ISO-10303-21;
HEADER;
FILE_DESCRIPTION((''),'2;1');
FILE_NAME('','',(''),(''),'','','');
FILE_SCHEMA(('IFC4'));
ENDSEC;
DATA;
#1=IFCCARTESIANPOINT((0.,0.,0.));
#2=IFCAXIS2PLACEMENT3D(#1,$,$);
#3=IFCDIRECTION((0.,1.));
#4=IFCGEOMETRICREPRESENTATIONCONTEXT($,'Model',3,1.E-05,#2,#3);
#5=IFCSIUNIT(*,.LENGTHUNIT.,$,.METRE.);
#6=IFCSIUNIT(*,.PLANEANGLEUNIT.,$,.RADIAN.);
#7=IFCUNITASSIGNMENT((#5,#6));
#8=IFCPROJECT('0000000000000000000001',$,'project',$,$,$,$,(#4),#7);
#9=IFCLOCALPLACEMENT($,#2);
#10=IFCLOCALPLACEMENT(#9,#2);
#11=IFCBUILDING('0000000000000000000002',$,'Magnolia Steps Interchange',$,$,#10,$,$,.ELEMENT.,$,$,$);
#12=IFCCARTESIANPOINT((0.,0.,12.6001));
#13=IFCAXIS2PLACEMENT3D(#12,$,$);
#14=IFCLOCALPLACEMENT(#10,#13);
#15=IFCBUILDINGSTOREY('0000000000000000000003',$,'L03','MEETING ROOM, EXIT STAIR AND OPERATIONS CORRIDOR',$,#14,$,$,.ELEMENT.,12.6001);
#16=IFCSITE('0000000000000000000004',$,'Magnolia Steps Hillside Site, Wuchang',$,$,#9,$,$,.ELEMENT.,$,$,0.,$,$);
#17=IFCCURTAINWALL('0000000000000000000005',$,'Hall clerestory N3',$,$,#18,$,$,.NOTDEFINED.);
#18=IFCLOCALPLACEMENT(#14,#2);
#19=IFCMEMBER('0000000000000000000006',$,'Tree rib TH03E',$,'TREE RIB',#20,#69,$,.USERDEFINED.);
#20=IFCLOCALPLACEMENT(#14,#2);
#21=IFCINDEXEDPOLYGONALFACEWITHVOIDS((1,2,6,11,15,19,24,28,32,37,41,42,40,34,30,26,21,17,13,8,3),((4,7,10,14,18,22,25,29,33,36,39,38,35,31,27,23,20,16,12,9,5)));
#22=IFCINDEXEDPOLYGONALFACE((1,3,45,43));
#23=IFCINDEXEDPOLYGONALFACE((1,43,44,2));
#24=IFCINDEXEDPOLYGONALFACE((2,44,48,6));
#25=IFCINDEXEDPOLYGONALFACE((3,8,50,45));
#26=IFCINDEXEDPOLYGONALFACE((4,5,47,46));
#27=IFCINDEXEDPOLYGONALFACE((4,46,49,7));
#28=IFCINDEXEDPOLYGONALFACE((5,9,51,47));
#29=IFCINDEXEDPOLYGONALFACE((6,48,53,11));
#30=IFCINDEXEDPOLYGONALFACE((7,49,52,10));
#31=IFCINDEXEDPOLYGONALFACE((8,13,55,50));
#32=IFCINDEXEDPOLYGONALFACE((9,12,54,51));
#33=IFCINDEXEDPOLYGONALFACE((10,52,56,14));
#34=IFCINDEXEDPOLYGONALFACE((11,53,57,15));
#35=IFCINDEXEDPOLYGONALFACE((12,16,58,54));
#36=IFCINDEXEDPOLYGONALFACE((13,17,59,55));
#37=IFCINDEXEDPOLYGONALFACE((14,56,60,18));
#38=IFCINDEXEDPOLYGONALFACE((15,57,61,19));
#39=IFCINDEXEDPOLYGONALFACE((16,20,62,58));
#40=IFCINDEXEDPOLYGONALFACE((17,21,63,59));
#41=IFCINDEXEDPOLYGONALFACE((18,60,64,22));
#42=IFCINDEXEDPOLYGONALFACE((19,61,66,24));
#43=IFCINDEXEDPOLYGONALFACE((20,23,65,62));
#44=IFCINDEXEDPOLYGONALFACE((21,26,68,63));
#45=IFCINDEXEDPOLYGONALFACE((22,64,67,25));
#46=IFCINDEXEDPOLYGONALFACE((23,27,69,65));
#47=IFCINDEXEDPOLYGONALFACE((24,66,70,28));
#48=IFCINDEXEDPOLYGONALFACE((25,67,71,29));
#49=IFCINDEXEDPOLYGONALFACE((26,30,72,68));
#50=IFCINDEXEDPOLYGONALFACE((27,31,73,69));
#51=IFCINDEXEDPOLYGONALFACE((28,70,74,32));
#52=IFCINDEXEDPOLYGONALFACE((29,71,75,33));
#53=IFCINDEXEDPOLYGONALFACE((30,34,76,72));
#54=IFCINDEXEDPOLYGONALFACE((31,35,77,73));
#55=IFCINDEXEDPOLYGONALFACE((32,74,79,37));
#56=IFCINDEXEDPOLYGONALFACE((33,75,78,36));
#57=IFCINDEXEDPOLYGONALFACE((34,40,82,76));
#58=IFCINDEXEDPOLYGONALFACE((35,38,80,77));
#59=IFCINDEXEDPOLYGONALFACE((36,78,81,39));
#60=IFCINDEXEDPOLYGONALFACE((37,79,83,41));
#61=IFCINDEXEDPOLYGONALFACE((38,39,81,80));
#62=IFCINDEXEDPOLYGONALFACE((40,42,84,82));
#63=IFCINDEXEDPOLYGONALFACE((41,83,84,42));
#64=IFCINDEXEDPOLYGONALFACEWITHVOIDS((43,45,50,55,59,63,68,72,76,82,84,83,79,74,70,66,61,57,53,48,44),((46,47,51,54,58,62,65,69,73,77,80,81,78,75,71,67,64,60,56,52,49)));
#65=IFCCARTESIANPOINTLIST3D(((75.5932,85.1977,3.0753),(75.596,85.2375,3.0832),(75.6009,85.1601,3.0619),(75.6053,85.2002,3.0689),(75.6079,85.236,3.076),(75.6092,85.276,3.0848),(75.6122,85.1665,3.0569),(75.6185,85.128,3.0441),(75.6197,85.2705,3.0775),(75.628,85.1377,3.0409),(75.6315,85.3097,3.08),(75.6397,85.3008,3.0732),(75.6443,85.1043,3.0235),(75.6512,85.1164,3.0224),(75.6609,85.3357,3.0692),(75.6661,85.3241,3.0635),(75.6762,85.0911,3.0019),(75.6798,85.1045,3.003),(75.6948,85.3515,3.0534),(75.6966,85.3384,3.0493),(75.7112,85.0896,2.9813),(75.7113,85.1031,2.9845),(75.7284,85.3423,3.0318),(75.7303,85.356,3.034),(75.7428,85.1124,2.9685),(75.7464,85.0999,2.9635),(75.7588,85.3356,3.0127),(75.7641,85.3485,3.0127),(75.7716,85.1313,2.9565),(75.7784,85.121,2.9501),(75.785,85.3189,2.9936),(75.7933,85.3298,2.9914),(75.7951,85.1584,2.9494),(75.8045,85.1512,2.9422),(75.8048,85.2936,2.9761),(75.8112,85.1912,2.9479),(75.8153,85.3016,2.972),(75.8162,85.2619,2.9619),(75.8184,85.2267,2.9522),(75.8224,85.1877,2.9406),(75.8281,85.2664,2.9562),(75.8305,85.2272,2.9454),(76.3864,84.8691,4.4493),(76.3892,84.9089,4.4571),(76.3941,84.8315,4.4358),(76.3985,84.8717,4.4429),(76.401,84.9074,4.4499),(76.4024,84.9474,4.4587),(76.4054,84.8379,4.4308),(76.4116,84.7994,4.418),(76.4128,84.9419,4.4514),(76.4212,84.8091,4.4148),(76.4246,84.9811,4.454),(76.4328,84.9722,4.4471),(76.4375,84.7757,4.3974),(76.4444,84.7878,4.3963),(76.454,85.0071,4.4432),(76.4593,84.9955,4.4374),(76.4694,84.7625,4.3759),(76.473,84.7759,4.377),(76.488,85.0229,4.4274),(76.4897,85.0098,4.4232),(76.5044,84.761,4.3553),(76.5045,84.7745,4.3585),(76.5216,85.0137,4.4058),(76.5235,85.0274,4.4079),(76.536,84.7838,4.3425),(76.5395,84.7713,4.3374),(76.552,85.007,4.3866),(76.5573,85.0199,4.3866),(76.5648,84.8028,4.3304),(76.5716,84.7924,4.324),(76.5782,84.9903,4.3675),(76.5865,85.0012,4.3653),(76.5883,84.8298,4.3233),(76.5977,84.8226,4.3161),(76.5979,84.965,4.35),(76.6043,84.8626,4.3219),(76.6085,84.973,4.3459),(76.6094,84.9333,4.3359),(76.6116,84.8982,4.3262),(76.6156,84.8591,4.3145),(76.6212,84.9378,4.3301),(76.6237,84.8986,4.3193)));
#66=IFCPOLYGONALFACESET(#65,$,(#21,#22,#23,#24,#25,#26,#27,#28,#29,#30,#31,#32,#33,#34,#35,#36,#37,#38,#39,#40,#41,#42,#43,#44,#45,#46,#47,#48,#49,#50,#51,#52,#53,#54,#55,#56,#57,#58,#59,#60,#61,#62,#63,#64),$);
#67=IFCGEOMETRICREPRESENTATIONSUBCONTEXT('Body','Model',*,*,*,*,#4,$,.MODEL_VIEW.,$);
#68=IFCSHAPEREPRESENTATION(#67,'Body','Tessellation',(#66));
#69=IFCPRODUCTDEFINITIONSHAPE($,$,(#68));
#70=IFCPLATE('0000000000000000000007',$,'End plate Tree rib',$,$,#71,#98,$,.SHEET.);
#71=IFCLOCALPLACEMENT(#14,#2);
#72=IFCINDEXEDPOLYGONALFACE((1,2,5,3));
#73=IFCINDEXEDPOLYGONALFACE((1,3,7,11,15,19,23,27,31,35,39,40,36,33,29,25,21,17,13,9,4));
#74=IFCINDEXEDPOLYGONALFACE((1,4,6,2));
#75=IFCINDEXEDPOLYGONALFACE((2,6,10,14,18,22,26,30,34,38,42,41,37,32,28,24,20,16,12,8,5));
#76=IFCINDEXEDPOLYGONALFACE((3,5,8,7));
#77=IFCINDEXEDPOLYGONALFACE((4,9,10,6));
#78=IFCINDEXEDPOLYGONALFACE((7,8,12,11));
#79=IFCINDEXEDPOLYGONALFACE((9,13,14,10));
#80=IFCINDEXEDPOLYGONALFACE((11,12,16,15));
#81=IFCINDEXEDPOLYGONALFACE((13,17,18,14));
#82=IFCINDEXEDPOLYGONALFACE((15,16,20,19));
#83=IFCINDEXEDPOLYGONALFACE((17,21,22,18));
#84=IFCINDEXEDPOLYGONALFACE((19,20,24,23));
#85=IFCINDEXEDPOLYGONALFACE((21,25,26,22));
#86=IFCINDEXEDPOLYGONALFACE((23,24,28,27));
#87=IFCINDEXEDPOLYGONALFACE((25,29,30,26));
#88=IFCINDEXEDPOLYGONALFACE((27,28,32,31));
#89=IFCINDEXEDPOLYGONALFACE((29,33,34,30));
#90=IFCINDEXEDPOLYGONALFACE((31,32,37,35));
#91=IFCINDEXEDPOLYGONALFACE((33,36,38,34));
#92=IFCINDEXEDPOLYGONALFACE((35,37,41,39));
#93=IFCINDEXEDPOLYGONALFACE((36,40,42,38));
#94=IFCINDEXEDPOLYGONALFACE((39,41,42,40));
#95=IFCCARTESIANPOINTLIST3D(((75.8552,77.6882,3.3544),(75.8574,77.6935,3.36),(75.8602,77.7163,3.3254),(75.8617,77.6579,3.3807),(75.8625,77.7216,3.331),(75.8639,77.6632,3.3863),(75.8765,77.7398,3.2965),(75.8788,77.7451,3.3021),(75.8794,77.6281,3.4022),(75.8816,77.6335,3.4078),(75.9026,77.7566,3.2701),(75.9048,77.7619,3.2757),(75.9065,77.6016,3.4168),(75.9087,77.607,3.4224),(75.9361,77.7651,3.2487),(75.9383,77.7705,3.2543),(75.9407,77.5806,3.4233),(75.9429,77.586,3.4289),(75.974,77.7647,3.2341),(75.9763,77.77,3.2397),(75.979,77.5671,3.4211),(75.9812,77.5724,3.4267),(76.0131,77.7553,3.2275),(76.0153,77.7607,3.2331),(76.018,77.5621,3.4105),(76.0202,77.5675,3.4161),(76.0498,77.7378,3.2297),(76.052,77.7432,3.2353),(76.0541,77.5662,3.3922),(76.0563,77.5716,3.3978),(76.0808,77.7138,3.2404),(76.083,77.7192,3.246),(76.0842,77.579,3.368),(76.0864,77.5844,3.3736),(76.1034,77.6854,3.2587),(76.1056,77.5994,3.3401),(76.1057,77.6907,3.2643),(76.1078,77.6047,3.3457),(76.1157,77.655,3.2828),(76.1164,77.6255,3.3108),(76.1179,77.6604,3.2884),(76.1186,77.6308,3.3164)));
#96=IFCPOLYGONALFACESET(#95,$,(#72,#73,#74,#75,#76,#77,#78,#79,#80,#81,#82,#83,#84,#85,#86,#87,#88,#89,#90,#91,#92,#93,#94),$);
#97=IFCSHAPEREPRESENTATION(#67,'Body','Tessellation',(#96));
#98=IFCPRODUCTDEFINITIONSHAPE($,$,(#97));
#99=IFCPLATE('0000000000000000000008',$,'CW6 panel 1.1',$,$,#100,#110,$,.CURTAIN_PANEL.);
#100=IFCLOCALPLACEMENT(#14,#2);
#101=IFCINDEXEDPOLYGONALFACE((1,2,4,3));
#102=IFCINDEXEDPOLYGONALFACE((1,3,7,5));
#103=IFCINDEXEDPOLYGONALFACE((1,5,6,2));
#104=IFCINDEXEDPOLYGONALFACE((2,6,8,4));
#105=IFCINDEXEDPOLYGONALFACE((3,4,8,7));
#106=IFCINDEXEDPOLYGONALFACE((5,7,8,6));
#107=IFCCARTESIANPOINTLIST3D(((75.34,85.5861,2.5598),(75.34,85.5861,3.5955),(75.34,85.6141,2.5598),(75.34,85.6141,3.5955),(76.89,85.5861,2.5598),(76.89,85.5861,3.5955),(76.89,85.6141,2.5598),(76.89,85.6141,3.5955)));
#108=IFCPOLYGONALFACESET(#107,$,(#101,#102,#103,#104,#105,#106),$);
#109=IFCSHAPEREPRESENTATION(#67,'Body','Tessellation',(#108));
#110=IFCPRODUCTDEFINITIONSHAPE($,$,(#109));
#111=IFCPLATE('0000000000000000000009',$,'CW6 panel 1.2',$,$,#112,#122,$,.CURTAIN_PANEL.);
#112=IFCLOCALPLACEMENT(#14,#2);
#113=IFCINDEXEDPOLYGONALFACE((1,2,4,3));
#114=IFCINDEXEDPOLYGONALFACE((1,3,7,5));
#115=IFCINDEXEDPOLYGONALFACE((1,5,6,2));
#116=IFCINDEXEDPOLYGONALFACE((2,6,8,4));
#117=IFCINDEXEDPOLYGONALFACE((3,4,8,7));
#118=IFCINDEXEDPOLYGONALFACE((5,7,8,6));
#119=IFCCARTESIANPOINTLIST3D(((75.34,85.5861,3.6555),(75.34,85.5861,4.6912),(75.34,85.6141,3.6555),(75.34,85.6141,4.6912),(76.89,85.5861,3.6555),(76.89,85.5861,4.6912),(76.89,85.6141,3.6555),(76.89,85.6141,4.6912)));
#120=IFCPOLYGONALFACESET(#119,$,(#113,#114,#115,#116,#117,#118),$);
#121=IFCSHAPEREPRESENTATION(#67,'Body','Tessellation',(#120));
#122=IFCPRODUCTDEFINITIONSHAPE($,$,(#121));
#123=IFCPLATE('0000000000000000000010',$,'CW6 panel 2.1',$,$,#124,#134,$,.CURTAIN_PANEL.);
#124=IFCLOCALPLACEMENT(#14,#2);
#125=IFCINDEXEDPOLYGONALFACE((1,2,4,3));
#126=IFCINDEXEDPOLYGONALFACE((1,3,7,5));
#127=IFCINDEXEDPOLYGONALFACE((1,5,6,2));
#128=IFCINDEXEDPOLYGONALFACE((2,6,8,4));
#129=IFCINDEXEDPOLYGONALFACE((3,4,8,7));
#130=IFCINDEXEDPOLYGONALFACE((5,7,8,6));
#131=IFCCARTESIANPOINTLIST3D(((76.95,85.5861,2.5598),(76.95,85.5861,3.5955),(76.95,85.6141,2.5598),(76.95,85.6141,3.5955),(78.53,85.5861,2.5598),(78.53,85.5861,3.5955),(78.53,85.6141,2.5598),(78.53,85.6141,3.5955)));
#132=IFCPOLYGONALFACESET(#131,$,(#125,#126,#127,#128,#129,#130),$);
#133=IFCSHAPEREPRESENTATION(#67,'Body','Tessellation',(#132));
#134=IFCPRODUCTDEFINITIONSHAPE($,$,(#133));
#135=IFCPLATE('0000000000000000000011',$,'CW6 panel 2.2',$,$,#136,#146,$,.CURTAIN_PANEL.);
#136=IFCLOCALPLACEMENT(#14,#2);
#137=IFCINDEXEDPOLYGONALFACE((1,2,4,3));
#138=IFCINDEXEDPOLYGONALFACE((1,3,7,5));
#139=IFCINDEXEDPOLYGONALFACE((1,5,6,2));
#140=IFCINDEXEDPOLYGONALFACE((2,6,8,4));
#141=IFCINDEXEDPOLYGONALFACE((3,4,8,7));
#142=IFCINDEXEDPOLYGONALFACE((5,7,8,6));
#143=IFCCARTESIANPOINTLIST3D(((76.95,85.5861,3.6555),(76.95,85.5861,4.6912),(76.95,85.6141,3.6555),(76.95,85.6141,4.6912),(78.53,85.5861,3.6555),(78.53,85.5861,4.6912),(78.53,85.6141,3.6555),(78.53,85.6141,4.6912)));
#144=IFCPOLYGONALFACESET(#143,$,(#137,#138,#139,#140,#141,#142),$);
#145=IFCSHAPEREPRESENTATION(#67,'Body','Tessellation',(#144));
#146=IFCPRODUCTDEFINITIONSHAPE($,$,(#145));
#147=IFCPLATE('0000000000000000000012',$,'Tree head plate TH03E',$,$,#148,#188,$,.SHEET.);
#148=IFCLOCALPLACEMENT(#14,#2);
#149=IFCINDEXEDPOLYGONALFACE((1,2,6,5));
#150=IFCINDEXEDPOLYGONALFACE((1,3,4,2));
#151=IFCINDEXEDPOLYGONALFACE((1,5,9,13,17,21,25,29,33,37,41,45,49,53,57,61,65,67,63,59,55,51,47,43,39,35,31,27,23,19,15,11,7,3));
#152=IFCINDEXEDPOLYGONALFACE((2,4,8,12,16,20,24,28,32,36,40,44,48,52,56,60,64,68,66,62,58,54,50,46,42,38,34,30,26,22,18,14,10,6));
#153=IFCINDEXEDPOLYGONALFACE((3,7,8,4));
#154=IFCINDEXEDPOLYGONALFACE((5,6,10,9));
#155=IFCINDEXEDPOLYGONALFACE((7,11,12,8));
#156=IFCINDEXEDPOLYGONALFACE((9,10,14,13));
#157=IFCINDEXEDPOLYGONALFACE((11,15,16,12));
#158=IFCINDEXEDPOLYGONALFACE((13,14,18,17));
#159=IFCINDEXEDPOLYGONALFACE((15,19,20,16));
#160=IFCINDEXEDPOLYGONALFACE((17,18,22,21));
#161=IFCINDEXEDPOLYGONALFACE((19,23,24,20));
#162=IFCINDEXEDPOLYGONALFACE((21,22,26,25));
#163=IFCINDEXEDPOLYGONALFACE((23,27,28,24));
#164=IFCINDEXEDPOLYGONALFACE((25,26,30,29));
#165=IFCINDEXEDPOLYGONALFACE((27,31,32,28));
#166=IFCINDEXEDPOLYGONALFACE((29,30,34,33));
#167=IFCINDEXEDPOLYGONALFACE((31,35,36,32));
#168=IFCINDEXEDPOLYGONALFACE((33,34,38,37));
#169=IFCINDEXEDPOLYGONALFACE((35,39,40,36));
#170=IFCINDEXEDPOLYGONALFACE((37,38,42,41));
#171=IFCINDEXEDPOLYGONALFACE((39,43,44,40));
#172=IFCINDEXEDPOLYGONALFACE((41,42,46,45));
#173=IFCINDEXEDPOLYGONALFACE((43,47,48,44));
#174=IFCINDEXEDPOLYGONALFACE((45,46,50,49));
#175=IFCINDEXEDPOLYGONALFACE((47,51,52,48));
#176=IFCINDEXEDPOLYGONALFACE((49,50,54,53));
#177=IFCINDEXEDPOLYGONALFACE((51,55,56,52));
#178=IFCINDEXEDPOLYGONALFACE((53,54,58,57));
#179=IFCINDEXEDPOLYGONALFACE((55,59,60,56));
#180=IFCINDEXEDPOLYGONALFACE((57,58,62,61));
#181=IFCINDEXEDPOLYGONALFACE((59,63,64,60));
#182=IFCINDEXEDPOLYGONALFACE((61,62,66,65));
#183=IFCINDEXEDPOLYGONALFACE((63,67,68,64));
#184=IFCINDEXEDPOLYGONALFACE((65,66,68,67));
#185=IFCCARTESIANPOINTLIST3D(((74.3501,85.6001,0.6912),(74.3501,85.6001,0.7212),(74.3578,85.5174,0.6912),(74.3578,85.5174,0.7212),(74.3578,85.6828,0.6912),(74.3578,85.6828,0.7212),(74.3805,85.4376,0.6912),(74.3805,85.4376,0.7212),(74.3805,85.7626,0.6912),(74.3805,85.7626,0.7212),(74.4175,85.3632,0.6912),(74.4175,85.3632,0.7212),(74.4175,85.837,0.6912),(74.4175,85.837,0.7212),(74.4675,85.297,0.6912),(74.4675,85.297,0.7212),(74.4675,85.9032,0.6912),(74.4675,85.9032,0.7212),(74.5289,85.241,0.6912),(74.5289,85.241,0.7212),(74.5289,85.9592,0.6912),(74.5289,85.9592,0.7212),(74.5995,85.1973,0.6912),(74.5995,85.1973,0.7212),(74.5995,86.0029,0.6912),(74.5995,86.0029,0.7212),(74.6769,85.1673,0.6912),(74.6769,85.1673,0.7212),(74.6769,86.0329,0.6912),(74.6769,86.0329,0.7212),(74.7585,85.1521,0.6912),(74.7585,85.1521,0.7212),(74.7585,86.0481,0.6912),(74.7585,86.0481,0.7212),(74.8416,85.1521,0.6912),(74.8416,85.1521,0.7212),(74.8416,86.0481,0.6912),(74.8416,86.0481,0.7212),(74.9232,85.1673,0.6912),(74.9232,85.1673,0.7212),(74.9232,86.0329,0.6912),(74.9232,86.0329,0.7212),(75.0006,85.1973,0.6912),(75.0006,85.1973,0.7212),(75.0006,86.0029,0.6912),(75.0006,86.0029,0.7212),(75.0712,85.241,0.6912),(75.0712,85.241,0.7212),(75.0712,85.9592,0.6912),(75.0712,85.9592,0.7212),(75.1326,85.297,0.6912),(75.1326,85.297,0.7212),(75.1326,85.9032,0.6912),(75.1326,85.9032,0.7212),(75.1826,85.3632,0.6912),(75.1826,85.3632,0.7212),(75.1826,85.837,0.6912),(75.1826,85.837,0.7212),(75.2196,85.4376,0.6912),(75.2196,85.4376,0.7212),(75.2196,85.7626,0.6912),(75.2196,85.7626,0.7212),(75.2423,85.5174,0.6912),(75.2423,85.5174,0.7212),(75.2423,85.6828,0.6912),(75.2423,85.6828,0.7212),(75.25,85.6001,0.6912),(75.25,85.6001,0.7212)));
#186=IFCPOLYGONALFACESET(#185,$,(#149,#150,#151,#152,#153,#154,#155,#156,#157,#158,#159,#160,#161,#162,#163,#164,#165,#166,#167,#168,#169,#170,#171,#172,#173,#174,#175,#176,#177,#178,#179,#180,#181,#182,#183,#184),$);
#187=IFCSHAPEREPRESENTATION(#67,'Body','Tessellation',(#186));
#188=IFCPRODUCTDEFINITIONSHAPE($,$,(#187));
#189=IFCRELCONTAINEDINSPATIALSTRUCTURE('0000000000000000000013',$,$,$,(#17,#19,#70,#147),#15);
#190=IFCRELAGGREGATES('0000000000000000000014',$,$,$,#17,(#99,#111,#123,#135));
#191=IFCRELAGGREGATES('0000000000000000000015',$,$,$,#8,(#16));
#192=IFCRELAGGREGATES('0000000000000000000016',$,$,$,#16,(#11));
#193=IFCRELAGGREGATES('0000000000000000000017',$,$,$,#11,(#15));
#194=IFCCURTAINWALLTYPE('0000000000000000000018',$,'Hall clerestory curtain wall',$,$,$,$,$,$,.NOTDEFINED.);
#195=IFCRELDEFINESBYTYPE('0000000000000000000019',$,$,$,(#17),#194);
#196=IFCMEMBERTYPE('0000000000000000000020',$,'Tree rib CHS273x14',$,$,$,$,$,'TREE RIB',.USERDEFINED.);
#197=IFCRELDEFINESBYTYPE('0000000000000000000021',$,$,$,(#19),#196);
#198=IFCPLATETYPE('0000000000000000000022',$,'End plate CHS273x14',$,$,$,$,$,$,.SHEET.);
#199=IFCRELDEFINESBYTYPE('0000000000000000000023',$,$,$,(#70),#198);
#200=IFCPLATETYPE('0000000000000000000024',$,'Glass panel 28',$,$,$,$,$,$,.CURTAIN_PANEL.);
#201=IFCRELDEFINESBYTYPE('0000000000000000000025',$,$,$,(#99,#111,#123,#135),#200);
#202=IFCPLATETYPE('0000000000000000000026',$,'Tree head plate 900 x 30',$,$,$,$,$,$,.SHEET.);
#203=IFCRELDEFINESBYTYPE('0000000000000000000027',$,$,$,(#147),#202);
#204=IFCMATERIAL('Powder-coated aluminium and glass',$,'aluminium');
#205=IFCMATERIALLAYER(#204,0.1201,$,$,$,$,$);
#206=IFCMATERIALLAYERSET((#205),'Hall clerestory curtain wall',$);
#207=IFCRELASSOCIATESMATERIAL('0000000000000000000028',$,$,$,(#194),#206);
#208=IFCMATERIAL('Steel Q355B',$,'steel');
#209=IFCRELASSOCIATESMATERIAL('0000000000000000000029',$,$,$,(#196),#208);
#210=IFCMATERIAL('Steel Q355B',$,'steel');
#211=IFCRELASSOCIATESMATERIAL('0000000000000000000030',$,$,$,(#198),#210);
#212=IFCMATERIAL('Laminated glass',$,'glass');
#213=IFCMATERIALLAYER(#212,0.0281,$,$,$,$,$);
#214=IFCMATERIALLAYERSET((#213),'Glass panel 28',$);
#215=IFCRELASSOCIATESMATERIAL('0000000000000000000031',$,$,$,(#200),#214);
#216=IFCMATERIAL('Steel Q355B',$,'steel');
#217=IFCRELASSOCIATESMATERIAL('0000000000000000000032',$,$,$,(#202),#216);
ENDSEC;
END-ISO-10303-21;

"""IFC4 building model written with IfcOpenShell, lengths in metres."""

from ifc_helpers import new_model, si_unit, direction, frame, origin, origin_2d, place, context, subcontext, project, spatial, rectangle, circle, hollow_circle, extrude, material, layer, layer_set, material_profile, profile_set, type_object, element, aggregate, save


model = new_model("IFC4")

# Units and contexts
model_context = context("Model", 3, precision=1e-05, world=origin(), true_north=direction((0.0, 1.0)))
body_context = subcontext(model_context, "Body", "Model", "MODEL_VIEW")
ifc_project = project(units=[si_unit("LENGTHUNIT", "METRE"), si_unit("PLANEANGLEUNIT", "RADIAN")], contexts=[model_context])

# Site, building, storey
site_placement = place(None, origin())
site = spatial("IfcSite", under=ifc_project, at=site_placement, Name="Magnolia Steps Hillside Site, Wuchang", CompositionType="ELEMENT", RefElevation=0.0)
building_placement = place(site_placement, origin())
building = spatial("IfcBuilding", under=site, at=building_placement, Name="Magnolia Steps Interchange", CompositionType="ELEMENT")
storey_placement = place(building_placement, frame((0.0, 0.0, 12.6001)))
storey = spatial("IfcBuildingStorey", under=building, at=storey_placement, Name="L03", Description="MEETING ROOM, EXIT STAIR AND OPERATIONS CORRIDOR", CompositionType="ELEMENT", Elevation=12.6001)

# Shared definitions
ifc_material_1 = material(Name="Powder-coated aluminium and glass", Category="aluminium")
ifc_layer_1 = layer(ifc_material_1, 0.1201)
ifc_layer_set_1 = layer_set([ifc_layer_1], Name="Hall clerestory curtain wall")
curtain_wall_type = type_object("IfcCurtainWallType", Name="Hall clerestory curtain wall", PredefinedType="NOTDEFINED", material=ifc_layer_set_1)

# Curtain wall
curtain_wall_1_placement = place(storey_placement, origin())
curtain_wall_1 = element("IfcCurtainWall", 1, at=curtain_wall_1_placement, inside=storey, type_object=curtain_wall_type, Name="Hall clerestory N3", PredefinedType="NOTDEFINED")

# Member
ifc_material_2 = material(Name="Steel Q355B", Category="steel")
ifc_material_profile_1 = material_profile(ifc_material_2, hollow_circle(Radius=0.1365, WallThickness=0.0139, at=origin_2d()), Name="CHS273x14")
ifc_profile_set_1 = profile_set([ifc_material_profile_1], Name="Steel Q355B")
member_type_1 = type_object("IfcMemberType", Name="Tree rib CHS273x14", ElementType="TREE RIB", PredefinedType="USERDEFINED", material=ifc_profile_set_1)
member_1_placement = place(storey_placement, frame((75.7119, 85.2224, 3.0127), z_axis=(0.489571, -0.20282, 0.848047), x_axis=(0.382737, 0.923857, 0.0)))
element("IfcMember", 2, at=member_1_placement, inside=storey, type_object=member_type_1, Name="Tree rib TH03E", ObjectType="TREE RIB", PredefinedType="USERDEFINED", context=body_context, shape_type="SweptSolid", body=[
    extrude(hollow_circle(Radius=0.1365, WallThickness=0.0139, at=origin_2d()), origin(), (0.0, 0.0, 1.0), 1.6201),
])

# Plates
ifc_material_3 = material(Name="Steel Q355B", Category="steel")
ifc_material_profile_2 = material_profile(ifc_material_3, circle(Radius=0.1365, at=origin_2d()), Name="End plate CHS273x14")
ifc_profile_set_2 = profile_set([ifc_material_profile_2], Name="Steel Q355B")
plate_type_1 = type_object("IfcPlateType", Name="End plate CHS273x14", PredefinedType="SHEET", material=ifc_profile_set_2)
plate_1_placement = place(storey_placement, frame((75.9863, 77.6641, 3.3254), z_axis=(0.275279, 0.664583, 0.694658), x_axis=(-0.92388, 0.382683, 0.0)))
element("IfcPlate", 3, at=plate_1_placement, inside=storey, type_object=plate_type_1, Name="End plate Tree rib", PredefinedType="SHEET", context=body_context, shape_type="SweptSolid", body=[
    extrude(circle(Radius=0.1365, at=origin_2d()), origin(), (0.0, 0.0, 1.0), 0.0081),
])
ifc_material_4 = material(Name="Laminated glass", Category="glass")
ifc_layer_2 = layer(ifc_material_4, 0.0281)
ifc_layer_set_2 = layer_set([ifc_layer_2], Name="Glass panel 28")
plate_type_2 = type_object("IfcPlateType", Name="Glass panel 28", PredefinedType="CURTAIN_PANEL", material=ifc_layer_set_2)
plate_2_placement = place(storey_placement, frame((76.115, 85.6001, 2.5598), z_axis=(0.0, 0.0, 1.0), x_axis=(1.0, 0.0, 0.0)))
plate_2 = element("IfcPlate", 4, at=plate_2_placement, type_object=plate_type_2, Name="CW6 panel 1.1", PredefinedType="CURTAIN_PANEL", context=body_context, shape_type="SweptSolid", body=[
    extrude(rectangle(XDim=1.55, YDim=0.0281, at=origin_2d()), origin(), (0.0, 0.0, 1.0), 1.0356),
])
plate_3_placement = place(storey_placement, frame((76.115, 85.6001, 3.6555), z_axis=(0.0, 0.0, 1.0), x_axis=(1.0, 0.0, 0.0)))
plate_3 = element("IfcPlate", 5, at=plate_3_placement, type_object=plate_type_2, Name="CW6 panel 1.2", PredefinedType="CURTAIN_PANEL", context=body_context, shape_type="SweptSolid", body=[
    extrude(rectangle(XDim=1.55, YDim=0.0281, at=origin_2d()), origin(), (0.0, 0.0, 1.0), 1.0356),
])
plate_4_placement = place(storey_placement, frame((77.74, 85.6001, 2.5598), z_axis=(0.0, 0.0, 1.0), x_axis=(1.0, 0.0, 0.0)))
plate_4 = element("IfcPlate", 6, at=plate_4_placement, type_object=plate_type_2, Name="CW6 panel 2.1", PredefinedType="CURTAIN_PANEL", context=body_context, shape_type="SweptSolid", body=[
    extrude(rectangle(XDim=1.5801, YDim=0.0281, at=origin_2d()), origin(), (0.0, 0.0, 1.0), 1.0356),
])
plate_5_placement = place(storey_placement, frame((77.74, 85.6001, 3.6555), z_axis=(0.0, 0.0, 1.0), x_axis=(1.0, 0.0, 0.0)))
plate_5 = element("IfcPlate", 7, at=plate_5_placement, type_object=plate_type_2, Name="CW6 panel 2.2", PredefinedType="CURTAIN_PANEL", context=body_context, shape_type="SweptSolid", body=[
    extrude(rectangle(XDim=1.5801, YDim=0.0281, at=origin_2d()), origin(), (0.0, 0.0, 1.0), 1.0356),
])
aggregate(curtain_wall_1, [plate_2, plate_3, plate_4, plate_5])
ifc_material_5 = material(Name="Steel Q355B", Category="steel")
ifc_material_profile_3 = material_profile(ifc_material_5, circle(Radius=0.45, at=origin_2d()), Name="Tree head plate 900 x 30")
ifc_profile_set_3 = profile_set([ifc_material_profile_3], Name="Steel Q355B")
plate_type_3 = type_object("IfcPlateType", Name="Tree head plate 900 x 30", PredefinedType="SHEET", material=ifc_profile_set_3)
plate_6_placement = place(storey_placement, frame((74.8, 85.6001, 0.6912), z_axis=(0.0, 0.0, 1.0), x_axis=(1.0, 0.0, 0.0)))
element("IfcPlate", 8, at=plate_6_placement, inside=storey, type_object=plate_type_3, Name="Tree head plate TH03E", PredefinedType="SHEET", context=body_context, shape_type="SweptSolid", body=[
    extrude(circle(Radius=0.45, at=origin_2d()), origin(), (0.0, 0.0, 1.0), 0.03),
])

save(model, "model.ifc")
